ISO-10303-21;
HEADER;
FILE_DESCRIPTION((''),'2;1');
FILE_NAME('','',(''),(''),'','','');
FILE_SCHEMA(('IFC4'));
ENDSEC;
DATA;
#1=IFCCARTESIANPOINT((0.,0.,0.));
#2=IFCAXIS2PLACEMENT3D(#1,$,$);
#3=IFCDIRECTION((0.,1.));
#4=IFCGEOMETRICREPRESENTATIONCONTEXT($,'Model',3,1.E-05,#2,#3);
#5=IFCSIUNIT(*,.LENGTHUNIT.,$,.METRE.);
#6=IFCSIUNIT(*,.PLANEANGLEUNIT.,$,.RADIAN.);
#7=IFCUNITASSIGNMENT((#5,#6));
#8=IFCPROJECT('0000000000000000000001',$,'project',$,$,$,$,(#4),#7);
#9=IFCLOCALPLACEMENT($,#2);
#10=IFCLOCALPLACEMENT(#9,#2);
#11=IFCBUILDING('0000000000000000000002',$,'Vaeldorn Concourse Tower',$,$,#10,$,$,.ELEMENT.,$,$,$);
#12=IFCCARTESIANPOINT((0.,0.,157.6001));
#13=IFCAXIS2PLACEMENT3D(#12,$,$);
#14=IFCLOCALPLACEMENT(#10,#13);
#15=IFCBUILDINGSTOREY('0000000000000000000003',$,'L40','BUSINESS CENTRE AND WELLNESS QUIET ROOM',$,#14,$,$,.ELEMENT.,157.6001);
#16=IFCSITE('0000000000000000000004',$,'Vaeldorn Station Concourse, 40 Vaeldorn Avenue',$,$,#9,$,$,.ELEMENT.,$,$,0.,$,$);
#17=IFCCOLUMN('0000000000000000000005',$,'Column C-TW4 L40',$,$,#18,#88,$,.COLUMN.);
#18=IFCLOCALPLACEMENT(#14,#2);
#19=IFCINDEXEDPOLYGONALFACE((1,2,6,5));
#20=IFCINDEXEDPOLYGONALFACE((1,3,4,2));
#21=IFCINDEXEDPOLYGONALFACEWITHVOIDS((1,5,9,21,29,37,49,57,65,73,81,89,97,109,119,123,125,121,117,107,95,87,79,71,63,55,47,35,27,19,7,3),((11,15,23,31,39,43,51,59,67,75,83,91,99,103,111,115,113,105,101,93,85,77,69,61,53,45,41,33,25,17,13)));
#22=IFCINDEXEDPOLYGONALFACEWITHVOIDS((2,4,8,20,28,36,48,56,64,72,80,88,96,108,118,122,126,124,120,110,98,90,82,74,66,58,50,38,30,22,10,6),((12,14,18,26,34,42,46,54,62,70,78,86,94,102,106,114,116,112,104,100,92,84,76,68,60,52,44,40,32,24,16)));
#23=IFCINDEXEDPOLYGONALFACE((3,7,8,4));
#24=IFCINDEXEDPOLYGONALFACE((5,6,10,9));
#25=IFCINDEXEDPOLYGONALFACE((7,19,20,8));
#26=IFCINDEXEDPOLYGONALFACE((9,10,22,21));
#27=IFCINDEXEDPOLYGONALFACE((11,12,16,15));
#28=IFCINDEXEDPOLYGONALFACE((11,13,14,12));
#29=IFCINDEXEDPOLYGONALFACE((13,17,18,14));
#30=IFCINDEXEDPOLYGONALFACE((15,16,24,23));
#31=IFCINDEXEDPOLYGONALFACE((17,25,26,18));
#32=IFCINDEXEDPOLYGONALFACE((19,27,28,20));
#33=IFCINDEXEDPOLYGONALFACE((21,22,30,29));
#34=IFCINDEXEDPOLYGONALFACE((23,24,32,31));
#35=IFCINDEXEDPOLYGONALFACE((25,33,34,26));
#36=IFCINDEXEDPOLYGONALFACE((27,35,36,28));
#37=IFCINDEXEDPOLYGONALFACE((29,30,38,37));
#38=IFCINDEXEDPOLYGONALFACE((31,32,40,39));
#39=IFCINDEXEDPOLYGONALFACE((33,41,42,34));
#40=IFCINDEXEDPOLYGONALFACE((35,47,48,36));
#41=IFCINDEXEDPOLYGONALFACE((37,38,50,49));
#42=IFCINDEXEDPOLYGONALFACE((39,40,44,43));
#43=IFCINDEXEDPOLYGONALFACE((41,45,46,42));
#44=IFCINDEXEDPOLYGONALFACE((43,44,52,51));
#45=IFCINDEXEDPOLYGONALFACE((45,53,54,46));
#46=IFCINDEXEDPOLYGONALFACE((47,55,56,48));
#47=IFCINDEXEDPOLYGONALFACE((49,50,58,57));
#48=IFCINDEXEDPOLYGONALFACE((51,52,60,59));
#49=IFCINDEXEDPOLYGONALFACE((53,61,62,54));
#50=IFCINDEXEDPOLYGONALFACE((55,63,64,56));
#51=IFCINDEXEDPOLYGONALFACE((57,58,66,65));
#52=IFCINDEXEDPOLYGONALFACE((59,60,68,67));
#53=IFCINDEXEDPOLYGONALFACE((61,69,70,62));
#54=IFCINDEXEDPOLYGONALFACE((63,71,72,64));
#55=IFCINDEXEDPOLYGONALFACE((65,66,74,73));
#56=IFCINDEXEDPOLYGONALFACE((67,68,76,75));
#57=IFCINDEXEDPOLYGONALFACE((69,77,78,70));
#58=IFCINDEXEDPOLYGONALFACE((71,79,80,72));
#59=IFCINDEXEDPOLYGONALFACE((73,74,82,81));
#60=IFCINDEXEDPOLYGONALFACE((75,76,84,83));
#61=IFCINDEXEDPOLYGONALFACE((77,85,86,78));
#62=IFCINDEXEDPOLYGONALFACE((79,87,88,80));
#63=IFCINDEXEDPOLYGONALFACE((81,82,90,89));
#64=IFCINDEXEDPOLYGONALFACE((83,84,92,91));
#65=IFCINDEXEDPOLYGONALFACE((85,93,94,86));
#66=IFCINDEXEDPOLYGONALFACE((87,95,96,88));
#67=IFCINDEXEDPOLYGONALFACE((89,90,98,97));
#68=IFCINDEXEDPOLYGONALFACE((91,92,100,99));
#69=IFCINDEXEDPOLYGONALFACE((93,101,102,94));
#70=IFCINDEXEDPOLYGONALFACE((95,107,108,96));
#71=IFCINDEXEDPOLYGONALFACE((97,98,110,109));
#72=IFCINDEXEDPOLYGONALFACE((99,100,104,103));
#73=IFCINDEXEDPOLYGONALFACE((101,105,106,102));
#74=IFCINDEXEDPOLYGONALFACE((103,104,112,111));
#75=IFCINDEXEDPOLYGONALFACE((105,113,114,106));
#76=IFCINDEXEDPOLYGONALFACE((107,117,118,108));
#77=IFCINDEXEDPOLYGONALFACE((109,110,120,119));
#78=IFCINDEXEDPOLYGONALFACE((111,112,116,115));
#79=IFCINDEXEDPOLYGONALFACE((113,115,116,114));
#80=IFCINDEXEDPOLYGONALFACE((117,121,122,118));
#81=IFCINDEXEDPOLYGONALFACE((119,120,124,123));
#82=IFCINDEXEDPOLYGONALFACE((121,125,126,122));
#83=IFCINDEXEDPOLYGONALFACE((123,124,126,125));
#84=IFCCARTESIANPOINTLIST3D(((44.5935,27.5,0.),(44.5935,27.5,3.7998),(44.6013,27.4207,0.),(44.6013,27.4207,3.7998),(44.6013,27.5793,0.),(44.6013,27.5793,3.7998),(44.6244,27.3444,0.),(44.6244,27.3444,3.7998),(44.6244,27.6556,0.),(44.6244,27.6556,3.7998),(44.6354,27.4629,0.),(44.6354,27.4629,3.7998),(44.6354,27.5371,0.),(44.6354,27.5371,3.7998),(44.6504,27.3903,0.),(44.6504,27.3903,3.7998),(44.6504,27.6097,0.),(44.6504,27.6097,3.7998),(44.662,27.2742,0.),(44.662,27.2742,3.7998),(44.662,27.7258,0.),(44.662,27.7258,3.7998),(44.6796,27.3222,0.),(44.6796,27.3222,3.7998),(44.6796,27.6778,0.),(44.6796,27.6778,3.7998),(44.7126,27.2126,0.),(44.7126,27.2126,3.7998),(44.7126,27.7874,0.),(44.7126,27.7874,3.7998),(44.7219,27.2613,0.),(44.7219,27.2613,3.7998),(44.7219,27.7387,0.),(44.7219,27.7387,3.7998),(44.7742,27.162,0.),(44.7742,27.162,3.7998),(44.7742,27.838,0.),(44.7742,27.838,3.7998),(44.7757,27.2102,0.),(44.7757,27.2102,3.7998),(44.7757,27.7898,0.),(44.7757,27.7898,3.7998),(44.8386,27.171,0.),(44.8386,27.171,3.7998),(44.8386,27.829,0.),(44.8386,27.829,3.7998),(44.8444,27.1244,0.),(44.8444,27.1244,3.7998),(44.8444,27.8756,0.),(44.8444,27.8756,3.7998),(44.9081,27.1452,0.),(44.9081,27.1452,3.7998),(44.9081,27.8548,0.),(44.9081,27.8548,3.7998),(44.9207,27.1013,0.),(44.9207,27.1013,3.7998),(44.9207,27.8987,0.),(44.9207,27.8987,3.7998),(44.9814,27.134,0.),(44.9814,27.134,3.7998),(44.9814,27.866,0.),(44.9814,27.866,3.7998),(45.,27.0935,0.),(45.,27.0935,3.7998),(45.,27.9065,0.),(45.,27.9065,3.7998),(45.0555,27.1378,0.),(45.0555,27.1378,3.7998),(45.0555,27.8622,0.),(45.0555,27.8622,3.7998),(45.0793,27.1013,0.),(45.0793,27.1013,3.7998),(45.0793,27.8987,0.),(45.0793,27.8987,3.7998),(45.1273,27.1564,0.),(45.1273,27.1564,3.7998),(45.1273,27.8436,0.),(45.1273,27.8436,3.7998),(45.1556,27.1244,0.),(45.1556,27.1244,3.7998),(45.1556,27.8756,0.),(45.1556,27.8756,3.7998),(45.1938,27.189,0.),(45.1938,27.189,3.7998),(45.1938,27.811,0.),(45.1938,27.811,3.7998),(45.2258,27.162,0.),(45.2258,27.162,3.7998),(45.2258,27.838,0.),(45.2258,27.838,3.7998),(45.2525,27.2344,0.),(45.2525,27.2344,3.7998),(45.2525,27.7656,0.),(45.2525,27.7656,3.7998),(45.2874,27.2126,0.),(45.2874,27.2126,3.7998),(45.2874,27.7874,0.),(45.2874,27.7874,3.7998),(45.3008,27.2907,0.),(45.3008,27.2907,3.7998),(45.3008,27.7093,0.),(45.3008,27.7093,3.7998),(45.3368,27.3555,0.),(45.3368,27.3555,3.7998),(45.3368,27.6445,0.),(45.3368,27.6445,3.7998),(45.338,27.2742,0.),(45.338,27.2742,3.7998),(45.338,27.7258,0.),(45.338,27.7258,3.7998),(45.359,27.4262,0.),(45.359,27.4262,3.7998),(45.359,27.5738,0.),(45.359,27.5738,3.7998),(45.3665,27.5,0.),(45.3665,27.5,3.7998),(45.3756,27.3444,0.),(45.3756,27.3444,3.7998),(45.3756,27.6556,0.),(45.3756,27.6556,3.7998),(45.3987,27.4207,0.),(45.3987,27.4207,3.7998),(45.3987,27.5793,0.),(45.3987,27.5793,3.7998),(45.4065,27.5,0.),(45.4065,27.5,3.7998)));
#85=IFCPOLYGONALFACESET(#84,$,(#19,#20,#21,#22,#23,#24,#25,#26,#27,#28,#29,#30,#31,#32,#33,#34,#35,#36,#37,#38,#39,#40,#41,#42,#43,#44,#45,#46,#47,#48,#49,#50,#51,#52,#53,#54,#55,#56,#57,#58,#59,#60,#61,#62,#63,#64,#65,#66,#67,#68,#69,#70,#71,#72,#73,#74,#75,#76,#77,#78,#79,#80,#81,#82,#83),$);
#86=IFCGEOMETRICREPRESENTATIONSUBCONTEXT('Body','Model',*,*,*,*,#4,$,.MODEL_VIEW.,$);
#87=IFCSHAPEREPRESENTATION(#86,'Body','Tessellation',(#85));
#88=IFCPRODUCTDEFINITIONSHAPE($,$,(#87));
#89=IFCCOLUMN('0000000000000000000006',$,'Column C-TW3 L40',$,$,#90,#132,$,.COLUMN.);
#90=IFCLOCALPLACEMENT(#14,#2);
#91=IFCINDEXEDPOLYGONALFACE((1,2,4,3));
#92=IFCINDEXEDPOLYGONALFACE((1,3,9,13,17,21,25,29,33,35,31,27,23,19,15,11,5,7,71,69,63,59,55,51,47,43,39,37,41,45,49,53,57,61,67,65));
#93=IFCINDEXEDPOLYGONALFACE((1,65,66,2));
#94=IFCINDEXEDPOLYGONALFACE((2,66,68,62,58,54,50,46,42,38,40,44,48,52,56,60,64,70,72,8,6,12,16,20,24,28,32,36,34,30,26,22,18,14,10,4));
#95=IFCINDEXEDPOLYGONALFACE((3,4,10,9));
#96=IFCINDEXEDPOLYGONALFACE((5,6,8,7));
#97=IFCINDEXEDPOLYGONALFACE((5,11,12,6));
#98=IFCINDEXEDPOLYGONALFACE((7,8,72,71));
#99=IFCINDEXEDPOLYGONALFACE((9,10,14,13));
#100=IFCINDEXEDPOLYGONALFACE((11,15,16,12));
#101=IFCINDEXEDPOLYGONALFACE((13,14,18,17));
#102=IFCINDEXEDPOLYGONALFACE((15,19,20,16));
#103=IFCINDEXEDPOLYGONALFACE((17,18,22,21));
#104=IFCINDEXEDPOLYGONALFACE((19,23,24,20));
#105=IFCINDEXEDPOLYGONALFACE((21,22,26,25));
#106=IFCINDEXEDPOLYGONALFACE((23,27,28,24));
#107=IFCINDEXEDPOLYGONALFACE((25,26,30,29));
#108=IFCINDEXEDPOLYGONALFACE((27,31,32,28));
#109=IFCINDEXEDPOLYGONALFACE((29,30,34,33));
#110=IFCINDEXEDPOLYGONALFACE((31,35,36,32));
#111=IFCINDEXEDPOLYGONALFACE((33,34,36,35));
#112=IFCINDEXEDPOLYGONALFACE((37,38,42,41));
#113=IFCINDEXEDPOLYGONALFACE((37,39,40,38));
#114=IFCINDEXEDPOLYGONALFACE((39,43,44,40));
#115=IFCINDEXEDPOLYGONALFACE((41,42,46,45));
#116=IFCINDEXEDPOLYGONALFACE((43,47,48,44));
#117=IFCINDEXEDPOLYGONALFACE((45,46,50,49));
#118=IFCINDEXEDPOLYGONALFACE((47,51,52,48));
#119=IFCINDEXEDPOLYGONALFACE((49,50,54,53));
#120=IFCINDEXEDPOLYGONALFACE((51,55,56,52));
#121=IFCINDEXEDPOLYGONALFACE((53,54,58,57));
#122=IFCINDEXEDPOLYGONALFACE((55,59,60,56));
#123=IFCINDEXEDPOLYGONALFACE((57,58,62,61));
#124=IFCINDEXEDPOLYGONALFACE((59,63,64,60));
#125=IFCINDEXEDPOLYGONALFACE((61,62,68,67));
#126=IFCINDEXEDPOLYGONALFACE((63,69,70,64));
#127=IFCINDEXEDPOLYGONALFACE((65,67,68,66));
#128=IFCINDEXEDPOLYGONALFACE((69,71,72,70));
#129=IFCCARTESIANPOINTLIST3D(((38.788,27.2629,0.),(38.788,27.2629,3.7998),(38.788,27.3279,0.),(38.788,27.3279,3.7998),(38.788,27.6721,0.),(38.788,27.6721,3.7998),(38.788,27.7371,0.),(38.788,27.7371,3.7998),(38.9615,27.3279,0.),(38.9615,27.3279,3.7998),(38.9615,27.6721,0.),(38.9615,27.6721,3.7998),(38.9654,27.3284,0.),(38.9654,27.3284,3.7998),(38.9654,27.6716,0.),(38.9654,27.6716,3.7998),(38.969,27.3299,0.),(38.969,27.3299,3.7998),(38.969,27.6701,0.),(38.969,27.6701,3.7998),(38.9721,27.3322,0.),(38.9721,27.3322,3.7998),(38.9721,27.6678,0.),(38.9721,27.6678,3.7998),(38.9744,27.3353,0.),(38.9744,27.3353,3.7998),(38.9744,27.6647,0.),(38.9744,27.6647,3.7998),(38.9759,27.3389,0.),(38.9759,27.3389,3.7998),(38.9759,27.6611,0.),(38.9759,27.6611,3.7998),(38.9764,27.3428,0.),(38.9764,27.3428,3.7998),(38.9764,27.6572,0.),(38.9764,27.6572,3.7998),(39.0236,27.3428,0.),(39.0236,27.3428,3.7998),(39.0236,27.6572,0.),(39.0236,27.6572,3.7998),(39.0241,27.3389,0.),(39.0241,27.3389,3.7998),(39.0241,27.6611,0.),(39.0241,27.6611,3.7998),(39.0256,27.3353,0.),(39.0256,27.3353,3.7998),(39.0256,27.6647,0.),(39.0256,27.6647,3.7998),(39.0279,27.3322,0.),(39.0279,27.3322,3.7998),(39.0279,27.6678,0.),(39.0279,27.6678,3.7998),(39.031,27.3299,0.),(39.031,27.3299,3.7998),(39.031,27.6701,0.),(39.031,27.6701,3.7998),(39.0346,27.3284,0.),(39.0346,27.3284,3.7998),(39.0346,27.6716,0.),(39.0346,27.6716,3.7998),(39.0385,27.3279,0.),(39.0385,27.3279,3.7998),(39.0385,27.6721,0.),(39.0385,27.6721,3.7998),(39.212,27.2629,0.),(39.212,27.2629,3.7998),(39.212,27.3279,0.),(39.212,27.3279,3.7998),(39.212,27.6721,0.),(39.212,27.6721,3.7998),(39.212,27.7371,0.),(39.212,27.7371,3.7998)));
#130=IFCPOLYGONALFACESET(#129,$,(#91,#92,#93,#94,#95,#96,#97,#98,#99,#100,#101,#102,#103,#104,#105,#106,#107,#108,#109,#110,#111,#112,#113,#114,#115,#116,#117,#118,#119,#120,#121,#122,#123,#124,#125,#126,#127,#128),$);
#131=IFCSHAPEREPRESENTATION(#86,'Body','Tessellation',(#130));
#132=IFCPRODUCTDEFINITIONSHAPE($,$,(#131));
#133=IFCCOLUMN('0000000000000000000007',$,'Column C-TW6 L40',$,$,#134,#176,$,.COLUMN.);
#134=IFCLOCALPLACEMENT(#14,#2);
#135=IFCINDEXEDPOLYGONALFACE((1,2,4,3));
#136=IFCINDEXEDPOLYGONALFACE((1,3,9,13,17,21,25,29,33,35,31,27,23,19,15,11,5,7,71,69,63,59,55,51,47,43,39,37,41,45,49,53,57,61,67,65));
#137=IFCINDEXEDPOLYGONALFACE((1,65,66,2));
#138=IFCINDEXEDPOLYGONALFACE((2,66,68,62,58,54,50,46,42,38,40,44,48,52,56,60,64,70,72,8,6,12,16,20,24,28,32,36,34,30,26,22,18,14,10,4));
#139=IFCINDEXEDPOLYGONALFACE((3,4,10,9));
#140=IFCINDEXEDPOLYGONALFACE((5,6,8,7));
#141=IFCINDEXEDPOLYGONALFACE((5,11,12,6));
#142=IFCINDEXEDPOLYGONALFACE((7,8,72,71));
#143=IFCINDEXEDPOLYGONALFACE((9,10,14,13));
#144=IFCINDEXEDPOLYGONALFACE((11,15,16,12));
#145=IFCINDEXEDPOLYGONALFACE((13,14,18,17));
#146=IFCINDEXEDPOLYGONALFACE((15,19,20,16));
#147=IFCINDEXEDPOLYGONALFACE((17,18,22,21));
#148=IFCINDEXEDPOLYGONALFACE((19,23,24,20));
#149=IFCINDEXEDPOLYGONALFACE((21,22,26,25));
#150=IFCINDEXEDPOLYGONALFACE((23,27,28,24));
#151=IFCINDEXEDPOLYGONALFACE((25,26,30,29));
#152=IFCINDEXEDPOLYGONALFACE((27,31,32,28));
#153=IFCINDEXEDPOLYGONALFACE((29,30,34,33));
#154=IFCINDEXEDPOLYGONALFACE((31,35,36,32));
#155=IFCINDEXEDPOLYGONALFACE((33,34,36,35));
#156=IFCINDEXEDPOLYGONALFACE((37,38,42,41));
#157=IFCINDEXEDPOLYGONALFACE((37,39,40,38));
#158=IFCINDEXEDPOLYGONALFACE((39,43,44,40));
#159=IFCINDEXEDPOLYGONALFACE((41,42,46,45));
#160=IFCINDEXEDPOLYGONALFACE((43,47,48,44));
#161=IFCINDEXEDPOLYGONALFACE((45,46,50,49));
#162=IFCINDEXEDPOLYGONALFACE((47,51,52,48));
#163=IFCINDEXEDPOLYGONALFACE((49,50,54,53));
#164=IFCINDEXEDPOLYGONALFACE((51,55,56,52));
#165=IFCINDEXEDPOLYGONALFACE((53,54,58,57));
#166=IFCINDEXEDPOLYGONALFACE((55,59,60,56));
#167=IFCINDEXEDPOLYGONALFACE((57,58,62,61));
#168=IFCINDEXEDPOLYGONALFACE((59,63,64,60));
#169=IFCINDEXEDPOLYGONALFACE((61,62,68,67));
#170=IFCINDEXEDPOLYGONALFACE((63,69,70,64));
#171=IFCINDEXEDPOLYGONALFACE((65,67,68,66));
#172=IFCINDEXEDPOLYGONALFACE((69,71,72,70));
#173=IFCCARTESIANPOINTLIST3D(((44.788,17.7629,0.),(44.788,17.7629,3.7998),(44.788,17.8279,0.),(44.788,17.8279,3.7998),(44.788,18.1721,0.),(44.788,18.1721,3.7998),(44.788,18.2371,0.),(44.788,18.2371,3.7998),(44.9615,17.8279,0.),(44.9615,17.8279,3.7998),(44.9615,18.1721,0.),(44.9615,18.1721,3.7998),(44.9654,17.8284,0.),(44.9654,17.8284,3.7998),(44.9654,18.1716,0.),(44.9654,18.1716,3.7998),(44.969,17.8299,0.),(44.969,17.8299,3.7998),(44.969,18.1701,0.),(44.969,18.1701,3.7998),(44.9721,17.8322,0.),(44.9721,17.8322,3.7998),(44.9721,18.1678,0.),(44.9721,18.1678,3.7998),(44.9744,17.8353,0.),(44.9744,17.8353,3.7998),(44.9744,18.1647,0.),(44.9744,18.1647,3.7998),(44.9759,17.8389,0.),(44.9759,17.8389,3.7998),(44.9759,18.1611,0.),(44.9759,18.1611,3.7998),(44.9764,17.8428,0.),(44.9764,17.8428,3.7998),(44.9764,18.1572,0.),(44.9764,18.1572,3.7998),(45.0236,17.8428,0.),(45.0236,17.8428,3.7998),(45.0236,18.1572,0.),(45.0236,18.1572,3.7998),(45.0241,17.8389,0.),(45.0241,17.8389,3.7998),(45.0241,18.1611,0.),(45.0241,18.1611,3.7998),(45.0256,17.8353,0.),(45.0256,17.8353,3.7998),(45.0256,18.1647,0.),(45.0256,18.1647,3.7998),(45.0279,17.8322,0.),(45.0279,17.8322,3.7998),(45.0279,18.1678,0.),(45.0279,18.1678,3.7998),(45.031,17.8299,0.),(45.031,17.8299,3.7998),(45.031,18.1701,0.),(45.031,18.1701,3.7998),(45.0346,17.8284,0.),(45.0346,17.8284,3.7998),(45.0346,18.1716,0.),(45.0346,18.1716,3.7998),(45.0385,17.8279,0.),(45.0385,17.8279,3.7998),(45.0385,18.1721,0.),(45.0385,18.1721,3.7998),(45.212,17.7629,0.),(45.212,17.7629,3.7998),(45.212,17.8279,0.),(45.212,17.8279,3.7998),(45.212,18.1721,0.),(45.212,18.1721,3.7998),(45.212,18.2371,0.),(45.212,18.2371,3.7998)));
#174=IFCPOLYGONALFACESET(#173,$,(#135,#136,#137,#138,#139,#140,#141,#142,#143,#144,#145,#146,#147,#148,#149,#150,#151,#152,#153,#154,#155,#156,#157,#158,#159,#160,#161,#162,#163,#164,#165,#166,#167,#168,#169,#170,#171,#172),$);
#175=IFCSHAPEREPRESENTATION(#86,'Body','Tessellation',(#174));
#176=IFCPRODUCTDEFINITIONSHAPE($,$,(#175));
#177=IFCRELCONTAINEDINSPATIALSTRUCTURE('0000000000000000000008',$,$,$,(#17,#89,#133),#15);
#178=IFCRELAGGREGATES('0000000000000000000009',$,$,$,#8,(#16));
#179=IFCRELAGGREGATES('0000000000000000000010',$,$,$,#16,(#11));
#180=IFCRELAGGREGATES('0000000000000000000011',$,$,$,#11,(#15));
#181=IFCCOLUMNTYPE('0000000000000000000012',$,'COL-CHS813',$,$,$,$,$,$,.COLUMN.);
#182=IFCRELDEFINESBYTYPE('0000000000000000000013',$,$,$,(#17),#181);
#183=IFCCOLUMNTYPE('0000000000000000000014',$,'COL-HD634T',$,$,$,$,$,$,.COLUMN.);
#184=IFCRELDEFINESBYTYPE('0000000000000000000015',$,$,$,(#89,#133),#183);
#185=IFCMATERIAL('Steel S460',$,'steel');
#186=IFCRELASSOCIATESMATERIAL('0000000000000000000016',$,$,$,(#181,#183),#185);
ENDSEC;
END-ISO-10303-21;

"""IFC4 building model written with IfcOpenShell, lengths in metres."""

from ifc_helpers import new_model, si_unit, direction, frame, origin, origin_2d, place, context, subcontext, project, spatial, hollow_circle, i_section, extrude, source, transform, mapped, material, material_profile, profile_set, type_object, element, save


model = new_model("IFC4")

# Units and contexts
model_context = context("Model", 3, precision=1e-05, world=origin(), true_north=direction((0.0, 1.0)))
body_context = subcontext(model_context, "Body", "Model", "MODEL_VIEW")
ifc_project = project(units=[si_unit("LENGTHUNIT", "METRE"), si_unit("PLANEANGLEUNIT", "RADIAN")], contexts=[model_context])

# Site, building, storey
site_placement = place(None, origin())
site = spatial("IfcSite", under=ifc_project, at=site_placement, Name="Vaeldorn Station Concourse, 40 Vaeldorn Avenue", CompositionType="ELEMENT", RefElevation=0.0)
building_placement = place(site_placement, origin())
building = spatial("IfcBuilding", under=site, at=building_placement, Name="Vaeldorn Concourse Tower", CompositionType="ELEMENT")
storey_placement = place(building_placement, frame((0.0, 0.0, 157.6001)))
storey = spatial("IfcBuildingStorey", under=building, at=storey_placement, Name="L40", Description="BUSINESS CENTRE AND WELLNESS QUIET ROOM", CompositionType="ELEMENT", Elevation=157.6001)

# Columns
ifc_material_1 = material(Name="Steel S460", Category="steel")
ifc_material_profile_1 = material_profile(ifc_material_1, hollow_circle(Radius=0.4065, WallThickness=0.04, at=origin_2d()), Name="CHS 813x40")
ifc_profile_set_1 = profile_set([ifc_material_profile_1], Name="Steel S460")
column_type_1 = type_object("IfcColumnType", Name="COL-CHS813", PredefinedType="COLUMN", material=ifc_profile_set_1)
shared_shape_1 = source(origin(), body_context, "Body", "SweptSolid", [
    extrude(hollow_circle(Radius=0.4065, WallThickness=0.04, at=origin_2d()), origin(), (0.0, 0.0, 1.0), 3.7998),
])
column_placement = place(storey_placement, frame((45.0, 27.5, 0.0), z_axis=(0.0, 0.0, 1.0), x_axis=(1.0, 0.0, 0.0)))
element("IfcColumn", 1, at=column_placement, inside=storey, type_object=column_type_1, Name="Column C-TW4 L40", PredefinedType="COLUMN", context=body_context, shape_type="MappedRepresentation", body=[
    mapped(shared_shape_1, transform((0.0, 0.0, 0.0), scale=1.0)),
])
ifc_material_profile_2 = material_profile(ifc_material_1, i_section(OverallWidth=0.4241, OverallDepth=0.4741, WebThickness=0.0471, FlangeThickness=0.0649, FilletRadius=0.0149, at=origin_2d()), Name="HD 400x634")
ifc_profile_set_2 = profile_set([ifc_material_profile_2], Name="Steel S460")
column_type_2 = type_object("IfcColumnType", Name="COL-HD634T", PredefinedType="COLUMN", material=ifc_profile_set_2)
shared_shape_2 = source(origin(), body_context, "Body", "SweptSolid", [
    extrude(i_section(OverallWidth=0.4241, OverallDepth=0.4741, WebThickness=0.0471, FlangeThickness=0.0649, FilletRadius=0.0149, at=origin_2d()), origin(), (0.0, 0.0, 1.0), 3.7998),
])
for number, where, z_axis, x_axis, name in (
    (2, (39.0, 27.5, 0.0), (0.0, 0.0, 1.0), (1.0, 0.0, 0.0), "Column C-TW3 L40"),
    (3, (45.0, 18.0, 0.0), (0.0, 0.0, 1.0), (1.0, 0.0, 0.0), "Column C-TW6 L40"),
):
    element("IfcColumn", number, at=place(storey_placement, frame(where, z_axis=z_axis, x_axis=x_axis)), inside=storey, type_object=column_type_2, Name=name, PredefinedType="COLUMN", context=body_context, shape_type="MappedRepresentation", body=[
        mapped(shared_shape_2, transform((0.0, 0.0, 0.0), scale=1.0)),
    ])

save(model, "model.ifc")
